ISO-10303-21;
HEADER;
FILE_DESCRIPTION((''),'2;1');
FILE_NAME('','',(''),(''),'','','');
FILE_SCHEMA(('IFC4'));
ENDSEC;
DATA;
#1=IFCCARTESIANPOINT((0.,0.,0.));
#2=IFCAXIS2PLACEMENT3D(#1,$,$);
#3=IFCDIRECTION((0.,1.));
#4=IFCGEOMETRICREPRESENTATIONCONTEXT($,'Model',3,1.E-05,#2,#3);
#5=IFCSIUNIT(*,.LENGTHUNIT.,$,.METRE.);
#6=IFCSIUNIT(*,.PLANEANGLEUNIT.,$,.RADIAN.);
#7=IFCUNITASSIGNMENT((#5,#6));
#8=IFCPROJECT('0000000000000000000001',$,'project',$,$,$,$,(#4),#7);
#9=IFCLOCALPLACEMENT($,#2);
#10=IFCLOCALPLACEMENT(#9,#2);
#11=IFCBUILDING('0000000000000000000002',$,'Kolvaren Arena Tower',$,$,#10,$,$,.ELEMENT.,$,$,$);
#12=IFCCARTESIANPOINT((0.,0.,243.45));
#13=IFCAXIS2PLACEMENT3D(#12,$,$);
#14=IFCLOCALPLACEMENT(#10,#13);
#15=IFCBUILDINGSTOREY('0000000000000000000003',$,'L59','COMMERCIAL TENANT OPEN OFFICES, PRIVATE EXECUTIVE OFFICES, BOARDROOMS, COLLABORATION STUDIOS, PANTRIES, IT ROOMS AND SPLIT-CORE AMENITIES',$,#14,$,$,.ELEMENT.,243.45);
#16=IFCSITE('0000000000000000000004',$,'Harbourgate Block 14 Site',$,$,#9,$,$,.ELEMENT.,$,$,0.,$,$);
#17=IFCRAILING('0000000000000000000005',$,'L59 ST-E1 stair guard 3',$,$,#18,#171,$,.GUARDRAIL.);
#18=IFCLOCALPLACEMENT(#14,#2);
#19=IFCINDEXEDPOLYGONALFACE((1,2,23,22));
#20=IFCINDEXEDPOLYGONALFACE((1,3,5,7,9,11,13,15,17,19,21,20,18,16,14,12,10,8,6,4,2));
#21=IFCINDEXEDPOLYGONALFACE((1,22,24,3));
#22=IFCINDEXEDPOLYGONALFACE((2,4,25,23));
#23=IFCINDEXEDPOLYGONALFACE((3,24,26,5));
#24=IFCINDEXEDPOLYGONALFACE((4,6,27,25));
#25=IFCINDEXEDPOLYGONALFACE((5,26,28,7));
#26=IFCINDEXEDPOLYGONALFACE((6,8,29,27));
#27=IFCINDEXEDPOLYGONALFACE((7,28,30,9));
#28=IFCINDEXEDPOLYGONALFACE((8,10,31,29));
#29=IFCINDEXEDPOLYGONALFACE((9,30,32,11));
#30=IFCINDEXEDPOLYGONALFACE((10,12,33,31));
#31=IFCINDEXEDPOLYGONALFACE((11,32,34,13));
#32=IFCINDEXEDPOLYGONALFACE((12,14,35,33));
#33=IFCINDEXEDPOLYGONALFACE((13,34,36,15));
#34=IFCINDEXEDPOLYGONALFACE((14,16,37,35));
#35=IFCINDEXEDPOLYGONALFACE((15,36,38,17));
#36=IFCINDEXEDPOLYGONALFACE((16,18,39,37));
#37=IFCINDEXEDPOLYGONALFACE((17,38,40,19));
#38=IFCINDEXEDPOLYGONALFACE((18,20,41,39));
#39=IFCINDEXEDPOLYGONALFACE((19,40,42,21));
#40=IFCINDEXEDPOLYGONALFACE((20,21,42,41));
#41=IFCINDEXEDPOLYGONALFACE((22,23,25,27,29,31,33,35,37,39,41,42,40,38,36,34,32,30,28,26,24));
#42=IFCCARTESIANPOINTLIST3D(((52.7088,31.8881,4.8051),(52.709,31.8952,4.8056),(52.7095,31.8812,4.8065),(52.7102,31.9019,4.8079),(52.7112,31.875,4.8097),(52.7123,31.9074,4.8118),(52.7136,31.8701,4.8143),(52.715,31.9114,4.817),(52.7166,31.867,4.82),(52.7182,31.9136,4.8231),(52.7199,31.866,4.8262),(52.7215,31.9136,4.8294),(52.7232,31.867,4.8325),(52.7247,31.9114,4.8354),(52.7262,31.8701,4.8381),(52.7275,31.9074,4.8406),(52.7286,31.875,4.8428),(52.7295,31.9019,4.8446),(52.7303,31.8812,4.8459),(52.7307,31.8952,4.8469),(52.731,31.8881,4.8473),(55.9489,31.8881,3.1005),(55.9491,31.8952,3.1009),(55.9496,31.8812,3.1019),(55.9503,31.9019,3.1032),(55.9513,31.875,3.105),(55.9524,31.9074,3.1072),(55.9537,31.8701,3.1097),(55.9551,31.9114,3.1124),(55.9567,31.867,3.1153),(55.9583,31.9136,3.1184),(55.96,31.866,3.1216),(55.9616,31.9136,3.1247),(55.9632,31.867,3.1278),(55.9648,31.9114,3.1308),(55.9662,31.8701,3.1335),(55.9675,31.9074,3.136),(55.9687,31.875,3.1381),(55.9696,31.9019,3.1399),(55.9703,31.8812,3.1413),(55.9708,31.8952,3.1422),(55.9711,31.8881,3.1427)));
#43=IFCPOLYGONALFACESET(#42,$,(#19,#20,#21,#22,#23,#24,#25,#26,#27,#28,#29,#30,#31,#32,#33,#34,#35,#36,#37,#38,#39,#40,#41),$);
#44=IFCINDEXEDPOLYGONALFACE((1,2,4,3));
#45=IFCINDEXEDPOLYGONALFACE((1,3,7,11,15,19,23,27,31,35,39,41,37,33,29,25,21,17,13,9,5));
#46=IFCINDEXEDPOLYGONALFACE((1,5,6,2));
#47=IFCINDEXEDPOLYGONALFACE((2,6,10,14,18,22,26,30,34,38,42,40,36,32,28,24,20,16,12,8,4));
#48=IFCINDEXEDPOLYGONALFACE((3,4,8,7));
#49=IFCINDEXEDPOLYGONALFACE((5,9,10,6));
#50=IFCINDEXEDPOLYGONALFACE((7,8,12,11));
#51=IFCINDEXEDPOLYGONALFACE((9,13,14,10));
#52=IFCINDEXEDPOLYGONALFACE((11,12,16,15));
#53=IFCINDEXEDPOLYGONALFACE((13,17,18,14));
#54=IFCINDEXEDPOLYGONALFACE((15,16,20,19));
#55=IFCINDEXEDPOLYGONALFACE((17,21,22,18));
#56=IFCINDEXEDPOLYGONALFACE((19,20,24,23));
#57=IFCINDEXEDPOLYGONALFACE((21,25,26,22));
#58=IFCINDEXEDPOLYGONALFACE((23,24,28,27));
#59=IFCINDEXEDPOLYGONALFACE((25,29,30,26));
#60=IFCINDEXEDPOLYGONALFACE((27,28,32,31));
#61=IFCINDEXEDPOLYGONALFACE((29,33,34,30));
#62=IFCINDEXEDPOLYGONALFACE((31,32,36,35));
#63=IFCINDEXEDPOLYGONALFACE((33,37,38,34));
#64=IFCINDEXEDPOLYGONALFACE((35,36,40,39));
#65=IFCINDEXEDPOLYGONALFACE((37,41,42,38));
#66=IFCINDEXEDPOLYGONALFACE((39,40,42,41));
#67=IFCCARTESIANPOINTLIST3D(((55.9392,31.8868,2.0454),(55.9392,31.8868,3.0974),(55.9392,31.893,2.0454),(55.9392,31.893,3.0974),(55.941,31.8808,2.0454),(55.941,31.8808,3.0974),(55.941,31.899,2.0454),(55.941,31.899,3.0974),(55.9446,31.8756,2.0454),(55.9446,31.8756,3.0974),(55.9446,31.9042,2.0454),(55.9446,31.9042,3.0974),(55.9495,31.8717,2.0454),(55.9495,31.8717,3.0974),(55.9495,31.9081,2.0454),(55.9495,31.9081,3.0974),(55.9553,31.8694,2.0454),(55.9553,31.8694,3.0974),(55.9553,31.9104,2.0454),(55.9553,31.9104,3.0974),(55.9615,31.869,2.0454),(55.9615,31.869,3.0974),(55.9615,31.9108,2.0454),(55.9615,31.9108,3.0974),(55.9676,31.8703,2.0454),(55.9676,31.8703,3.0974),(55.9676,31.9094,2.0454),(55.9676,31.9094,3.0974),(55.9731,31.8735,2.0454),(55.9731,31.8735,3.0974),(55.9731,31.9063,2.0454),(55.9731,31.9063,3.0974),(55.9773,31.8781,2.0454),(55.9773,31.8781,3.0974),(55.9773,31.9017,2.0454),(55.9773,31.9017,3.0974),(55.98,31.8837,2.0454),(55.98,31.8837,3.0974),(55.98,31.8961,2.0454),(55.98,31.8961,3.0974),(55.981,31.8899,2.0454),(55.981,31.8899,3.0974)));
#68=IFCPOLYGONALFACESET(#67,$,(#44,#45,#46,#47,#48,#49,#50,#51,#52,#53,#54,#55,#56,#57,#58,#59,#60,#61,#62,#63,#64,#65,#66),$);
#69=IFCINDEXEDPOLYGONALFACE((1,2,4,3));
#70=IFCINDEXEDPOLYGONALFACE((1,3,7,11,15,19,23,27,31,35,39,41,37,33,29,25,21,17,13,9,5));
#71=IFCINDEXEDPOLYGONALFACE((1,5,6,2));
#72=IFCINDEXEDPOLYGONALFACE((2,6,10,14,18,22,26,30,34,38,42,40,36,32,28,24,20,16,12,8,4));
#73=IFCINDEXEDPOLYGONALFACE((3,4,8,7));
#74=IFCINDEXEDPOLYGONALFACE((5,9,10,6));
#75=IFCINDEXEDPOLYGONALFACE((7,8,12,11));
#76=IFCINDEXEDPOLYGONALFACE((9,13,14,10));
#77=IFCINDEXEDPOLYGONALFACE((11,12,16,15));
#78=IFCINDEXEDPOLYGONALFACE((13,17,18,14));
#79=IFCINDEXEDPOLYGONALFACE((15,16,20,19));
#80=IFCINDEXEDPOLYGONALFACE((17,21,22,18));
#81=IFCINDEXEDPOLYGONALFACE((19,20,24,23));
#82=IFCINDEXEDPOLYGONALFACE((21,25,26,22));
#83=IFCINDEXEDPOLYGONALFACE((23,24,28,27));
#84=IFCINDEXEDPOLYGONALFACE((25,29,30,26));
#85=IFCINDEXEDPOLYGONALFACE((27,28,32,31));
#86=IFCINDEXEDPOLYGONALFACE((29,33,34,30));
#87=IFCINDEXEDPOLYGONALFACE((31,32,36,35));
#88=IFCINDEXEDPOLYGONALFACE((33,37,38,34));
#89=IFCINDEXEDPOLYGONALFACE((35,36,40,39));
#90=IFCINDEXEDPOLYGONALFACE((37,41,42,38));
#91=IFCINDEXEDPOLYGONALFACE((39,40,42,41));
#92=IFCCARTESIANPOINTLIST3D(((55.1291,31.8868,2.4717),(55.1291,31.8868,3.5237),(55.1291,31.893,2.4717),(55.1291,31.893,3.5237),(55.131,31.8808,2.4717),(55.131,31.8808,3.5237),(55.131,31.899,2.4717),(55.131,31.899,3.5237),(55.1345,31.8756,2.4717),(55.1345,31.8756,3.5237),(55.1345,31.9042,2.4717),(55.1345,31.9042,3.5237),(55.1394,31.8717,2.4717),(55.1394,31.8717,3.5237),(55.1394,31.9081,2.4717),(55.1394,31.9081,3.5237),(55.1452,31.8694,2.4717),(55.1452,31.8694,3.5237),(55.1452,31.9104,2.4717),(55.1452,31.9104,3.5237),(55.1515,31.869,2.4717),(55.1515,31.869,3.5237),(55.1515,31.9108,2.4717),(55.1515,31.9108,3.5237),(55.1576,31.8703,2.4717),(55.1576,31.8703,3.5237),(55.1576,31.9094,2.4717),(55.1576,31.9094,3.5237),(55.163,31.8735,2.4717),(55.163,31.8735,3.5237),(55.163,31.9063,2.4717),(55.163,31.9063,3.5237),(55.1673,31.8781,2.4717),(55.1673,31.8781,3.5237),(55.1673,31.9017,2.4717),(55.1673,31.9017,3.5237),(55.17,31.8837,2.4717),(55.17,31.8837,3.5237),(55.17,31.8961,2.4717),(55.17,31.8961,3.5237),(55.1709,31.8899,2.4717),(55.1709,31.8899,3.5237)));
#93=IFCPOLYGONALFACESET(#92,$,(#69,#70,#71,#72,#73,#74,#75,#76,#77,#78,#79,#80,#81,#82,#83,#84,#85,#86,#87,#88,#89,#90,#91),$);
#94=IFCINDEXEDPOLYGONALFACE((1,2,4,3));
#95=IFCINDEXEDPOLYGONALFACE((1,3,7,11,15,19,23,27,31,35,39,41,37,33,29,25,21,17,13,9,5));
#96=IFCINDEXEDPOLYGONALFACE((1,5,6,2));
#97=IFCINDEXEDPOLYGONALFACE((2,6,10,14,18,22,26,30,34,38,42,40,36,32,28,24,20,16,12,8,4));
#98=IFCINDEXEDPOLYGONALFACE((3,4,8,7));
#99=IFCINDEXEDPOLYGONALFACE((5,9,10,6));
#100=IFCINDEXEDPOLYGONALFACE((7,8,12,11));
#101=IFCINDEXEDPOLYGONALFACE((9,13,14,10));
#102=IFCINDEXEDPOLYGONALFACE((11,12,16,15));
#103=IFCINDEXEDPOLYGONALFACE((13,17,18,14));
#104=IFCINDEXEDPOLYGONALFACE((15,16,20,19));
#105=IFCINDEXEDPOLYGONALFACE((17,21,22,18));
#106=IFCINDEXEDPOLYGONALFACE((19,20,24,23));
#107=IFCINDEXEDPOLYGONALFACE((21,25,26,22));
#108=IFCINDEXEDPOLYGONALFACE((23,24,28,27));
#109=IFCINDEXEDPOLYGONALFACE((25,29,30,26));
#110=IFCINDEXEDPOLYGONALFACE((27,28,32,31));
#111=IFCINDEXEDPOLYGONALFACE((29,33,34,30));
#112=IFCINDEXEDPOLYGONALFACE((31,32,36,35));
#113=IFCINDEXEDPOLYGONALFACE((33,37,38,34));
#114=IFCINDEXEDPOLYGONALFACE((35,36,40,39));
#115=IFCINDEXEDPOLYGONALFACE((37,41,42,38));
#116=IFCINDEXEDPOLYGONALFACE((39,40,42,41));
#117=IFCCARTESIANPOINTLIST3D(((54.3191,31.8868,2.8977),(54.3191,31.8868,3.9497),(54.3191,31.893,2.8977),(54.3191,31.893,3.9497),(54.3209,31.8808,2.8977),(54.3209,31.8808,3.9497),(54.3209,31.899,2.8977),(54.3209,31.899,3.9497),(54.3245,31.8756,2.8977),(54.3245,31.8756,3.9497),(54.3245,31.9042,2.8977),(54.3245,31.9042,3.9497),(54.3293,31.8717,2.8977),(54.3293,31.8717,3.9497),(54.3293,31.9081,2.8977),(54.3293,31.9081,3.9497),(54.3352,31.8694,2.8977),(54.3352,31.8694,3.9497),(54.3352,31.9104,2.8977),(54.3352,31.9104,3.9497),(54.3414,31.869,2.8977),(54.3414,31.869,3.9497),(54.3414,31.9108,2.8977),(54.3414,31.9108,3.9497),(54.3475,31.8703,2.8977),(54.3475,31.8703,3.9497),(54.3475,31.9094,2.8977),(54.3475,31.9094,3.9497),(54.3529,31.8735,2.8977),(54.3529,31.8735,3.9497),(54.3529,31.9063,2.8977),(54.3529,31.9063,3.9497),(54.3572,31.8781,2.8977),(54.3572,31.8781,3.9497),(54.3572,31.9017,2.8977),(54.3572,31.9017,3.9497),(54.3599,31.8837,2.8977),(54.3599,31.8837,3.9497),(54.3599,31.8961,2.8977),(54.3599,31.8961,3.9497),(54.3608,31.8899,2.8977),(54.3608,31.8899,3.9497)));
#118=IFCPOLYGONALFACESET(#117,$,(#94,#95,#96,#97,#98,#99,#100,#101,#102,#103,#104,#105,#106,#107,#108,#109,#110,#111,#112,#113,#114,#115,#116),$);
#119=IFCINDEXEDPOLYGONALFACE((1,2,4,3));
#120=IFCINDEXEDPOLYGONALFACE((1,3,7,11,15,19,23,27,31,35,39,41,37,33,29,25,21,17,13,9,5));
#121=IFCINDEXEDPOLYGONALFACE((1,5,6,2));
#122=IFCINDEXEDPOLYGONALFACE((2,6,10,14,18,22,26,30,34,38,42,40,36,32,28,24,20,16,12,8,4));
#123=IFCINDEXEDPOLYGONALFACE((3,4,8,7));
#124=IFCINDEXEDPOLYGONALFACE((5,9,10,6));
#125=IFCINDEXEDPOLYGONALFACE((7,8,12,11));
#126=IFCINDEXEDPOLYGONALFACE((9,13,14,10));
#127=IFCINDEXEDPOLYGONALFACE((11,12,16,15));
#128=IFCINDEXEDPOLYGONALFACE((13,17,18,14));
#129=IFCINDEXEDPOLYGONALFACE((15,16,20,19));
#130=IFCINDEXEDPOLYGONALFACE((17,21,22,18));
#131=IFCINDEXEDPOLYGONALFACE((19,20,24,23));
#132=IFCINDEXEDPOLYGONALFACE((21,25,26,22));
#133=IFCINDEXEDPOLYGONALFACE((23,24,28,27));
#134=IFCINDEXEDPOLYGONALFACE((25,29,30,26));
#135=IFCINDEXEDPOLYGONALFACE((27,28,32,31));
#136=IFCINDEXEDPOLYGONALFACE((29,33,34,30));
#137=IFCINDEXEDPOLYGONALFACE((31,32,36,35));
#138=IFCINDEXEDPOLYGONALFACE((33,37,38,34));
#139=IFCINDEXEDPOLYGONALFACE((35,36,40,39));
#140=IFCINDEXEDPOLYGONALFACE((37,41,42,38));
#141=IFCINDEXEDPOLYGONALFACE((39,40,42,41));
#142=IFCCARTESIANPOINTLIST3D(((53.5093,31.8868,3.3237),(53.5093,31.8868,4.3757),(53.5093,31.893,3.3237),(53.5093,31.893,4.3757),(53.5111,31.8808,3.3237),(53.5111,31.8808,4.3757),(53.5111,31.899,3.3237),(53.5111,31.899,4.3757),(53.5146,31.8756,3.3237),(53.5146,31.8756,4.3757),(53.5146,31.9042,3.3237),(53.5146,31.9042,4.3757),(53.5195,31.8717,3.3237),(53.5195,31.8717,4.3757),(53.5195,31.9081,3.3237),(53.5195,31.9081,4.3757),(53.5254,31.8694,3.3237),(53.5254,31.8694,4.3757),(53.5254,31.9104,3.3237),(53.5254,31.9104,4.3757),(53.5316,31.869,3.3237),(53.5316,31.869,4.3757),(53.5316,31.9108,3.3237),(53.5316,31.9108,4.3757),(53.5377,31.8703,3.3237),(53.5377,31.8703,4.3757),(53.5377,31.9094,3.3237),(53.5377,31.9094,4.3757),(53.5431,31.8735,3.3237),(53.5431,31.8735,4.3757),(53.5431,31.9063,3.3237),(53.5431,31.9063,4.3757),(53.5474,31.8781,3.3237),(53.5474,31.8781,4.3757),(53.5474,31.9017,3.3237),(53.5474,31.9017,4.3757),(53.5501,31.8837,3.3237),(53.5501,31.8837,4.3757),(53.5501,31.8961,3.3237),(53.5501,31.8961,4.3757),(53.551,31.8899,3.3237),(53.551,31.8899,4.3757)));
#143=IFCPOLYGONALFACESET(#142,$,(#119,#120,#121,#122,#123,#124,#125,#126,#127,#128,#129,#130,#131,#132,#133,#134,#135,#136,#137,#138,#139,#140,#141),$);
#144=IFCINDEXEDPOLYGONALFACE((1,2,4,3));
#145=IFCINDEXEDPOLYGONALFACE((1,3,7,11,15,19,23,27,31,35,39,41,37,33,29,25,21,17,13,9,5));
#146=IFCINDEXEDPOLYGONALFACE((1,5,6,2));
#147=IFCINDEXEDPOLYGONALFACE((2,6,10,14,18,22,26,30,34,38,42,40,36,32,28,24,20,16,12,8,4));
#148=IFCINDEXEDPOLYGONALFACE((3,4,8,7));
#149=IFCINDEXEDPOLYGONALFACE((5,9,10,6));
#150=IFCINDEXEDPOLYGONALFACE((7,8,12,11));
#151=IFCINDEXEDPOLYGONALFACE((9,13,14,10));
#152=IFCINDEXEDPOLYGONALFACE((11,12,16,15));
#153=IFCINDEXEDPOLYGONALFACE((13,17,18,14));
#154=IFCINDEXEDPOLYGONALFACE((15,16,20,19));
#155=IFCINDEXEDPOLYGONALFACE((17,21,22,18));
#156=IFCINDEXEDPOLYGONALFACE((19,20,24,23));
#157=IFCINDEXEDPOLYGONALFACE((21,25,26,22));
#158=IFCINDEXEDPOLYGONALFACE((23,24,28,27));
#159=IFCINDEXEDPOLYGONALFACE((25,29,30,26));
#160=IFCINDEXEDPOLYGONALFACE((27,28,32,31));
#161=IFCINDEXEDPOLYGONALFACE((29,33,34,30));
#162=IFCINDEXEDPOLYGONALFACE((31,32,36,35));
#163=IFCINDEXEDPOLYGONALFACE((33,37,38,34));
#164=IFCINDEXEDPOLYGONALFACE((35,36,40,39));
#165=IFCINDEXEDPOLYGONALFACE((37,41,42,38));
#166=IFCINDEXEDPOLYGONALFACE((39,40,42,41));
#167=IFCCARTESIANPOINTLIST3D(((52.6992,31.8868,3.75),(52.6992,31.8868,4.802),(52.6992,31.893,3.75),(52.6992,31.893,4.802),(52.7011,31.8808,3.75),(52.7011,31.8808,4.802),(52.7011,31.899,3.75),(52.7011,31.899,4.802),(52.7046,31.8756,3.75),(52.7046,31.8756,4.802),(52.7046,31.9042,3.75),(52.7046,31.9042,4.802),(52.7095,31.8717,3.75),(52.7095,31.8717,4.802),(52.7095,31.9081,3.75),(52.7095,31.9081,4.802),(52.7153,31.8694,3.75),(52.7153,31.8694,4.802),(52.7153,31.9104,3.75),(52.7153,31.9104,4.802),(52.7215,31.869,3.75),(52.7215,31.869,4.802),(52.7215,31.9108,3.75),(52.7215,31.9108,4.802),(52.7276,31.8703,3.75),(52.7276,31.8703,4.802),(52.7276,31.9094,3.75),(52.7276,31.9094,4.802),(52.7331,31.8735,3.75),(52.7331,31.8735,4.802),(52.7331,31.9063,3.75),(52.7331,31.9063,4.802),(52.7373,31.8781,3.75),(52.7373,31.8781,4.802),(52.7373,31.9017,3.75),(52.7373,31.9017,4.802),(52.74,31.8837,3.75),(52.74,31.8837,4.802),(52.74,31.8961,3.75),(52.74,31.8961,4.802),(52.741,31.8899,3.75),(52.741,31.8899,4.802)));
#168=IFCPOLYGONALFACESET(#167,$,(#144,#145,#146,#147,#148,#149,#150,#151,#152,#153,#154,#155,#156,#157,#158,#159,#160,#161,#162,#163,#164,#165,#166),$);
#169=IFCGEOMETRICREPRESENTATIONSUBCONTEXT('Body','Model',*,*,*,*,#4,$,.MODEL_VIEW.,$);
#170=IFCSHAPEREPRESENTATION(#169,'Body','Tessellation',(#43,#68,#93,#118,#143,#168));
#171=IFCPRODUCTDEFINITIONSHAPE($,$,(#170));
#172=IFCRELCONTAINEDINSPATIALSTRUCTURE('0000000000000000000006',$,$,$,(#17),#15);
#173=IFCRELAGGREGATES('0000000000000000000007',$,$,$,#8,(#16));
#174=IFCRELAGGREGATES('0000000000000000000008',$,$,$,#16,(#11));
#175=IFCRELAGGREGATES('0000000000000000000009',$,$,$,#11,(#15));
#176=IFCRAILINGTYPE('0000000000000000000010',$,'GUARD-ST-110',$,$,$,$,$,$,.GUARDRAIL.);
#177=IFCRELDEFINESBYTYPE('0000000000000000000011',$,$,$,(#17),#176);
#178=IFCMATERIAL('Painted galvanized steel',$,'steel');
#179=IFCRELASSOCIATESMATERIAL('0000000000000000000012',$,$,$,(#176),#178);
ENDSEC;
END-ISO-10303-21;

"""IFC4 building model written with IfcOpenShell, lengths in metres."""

from ifc_helpers import new_model, si_unit, direction, frame, origin, origin_2d, place, context, subcontext, project, spatial, circle, extrude, material, type_object, element, save


model = new_model("IFC4")

# Units and contexts
model_context = context("Model", 3, precision=1e-05, world=origin(), true_north=direction((0.0, 1.0)))
body_context = subcontext(model_context, "Body", "Model", "MODEL_VIEW")
ifc_project = project(units=[si_unit("LENGTHUNIT", "METRE"), si_unit("PLANEANGLEUNIT", "RADIAN")], contexts=[model_context])

# Site, building, storey
site_placement = place(None, origin())
site = spatial("IfcSite", under=ifc_project, at=site_placement, Name="Harbourgate Block 14 Site", CompositionType="ELEMENT", RefElevation=0.0)
building_placement = place(site_placement, origin())
building = spatial("IfcBuilding", under=site, at=building_placement, Name="Kolvaren Arena Tower", CompositionType="ELEMENT")
storey_placement = place(building_placement, frame((0.0, 0.0, 243.45)))
storey = spatial("IfcBuildingStorey", under=building, at=storey_placement, Name="L59", Description="COMMERCIAL TENANT OPEN OFFICES, PRIVATE EXECUTIVE OFFICES, BOARDROOMS, COLLABORATION STUDIOS, PANTRIES, IT ROOMS AND SPLIT-CORE AMENITIES", CompositionType="ELEMENT", Elevation=243.45)

# Railing
ifc_material_1 = material(Name="Painted galvanized steel", Category="steel")
railing_type_1 = type_object("IfcRailingType", Name="GUARD-ST-110", PredefinedType="GUARDRAIL", material=ifc_material_1)
railing_1_placement = place(storey_placement, frame((55.96, 31.8899, 2.0454)))
element("IfcRailing", 1, at=railing_1_placement, inside=storey, type_object=railing_type_1, Name="L59 ST-E1 stair guard 3", PredefinedType="GUARDRAIL", context=body_context, shape_type="SweptSolid", body=[
    extrude(circle(Radius=0.0239, at=origin_2d()), frame((0.0, 0.0, 1.0762), z_axis=(-0.884993, 0.0, 0.465604), x_axis=(0.0, -1.0, 0.0)), (0.0, 0.0, 1.0), 3.6611),
    extrude(circle(Radius=0.021, at=origin_2d()), origin(), (0.0, 0.0, 1.0), 1.052),
    extrude(circle(Radius=0.021, at=origin_2d()), frame((-0.8101, 0.0, 0.4263)), (0.0, 0.0, 1.0), 1.052),
    extrude(circle(Radius=0.021, at=origin_2d()), frame((-1.6201, 0.0, 0.8523)), (0.0, 0.0, 1.0), 1.052),
    extrude(circle(Radius=0.021, at=origin_2d()), frame((-2.4299, 0.0, 1.2783)), (0.0, 0.0, 1.0), 1.052),
    extrude(circle(Radius=0.021, at=origin_2d()), frame((-3.24, 0.0, 1.7046)), (0.0, 0.0, 1.0), 1.052),
])

save(model, "model.ifc")
